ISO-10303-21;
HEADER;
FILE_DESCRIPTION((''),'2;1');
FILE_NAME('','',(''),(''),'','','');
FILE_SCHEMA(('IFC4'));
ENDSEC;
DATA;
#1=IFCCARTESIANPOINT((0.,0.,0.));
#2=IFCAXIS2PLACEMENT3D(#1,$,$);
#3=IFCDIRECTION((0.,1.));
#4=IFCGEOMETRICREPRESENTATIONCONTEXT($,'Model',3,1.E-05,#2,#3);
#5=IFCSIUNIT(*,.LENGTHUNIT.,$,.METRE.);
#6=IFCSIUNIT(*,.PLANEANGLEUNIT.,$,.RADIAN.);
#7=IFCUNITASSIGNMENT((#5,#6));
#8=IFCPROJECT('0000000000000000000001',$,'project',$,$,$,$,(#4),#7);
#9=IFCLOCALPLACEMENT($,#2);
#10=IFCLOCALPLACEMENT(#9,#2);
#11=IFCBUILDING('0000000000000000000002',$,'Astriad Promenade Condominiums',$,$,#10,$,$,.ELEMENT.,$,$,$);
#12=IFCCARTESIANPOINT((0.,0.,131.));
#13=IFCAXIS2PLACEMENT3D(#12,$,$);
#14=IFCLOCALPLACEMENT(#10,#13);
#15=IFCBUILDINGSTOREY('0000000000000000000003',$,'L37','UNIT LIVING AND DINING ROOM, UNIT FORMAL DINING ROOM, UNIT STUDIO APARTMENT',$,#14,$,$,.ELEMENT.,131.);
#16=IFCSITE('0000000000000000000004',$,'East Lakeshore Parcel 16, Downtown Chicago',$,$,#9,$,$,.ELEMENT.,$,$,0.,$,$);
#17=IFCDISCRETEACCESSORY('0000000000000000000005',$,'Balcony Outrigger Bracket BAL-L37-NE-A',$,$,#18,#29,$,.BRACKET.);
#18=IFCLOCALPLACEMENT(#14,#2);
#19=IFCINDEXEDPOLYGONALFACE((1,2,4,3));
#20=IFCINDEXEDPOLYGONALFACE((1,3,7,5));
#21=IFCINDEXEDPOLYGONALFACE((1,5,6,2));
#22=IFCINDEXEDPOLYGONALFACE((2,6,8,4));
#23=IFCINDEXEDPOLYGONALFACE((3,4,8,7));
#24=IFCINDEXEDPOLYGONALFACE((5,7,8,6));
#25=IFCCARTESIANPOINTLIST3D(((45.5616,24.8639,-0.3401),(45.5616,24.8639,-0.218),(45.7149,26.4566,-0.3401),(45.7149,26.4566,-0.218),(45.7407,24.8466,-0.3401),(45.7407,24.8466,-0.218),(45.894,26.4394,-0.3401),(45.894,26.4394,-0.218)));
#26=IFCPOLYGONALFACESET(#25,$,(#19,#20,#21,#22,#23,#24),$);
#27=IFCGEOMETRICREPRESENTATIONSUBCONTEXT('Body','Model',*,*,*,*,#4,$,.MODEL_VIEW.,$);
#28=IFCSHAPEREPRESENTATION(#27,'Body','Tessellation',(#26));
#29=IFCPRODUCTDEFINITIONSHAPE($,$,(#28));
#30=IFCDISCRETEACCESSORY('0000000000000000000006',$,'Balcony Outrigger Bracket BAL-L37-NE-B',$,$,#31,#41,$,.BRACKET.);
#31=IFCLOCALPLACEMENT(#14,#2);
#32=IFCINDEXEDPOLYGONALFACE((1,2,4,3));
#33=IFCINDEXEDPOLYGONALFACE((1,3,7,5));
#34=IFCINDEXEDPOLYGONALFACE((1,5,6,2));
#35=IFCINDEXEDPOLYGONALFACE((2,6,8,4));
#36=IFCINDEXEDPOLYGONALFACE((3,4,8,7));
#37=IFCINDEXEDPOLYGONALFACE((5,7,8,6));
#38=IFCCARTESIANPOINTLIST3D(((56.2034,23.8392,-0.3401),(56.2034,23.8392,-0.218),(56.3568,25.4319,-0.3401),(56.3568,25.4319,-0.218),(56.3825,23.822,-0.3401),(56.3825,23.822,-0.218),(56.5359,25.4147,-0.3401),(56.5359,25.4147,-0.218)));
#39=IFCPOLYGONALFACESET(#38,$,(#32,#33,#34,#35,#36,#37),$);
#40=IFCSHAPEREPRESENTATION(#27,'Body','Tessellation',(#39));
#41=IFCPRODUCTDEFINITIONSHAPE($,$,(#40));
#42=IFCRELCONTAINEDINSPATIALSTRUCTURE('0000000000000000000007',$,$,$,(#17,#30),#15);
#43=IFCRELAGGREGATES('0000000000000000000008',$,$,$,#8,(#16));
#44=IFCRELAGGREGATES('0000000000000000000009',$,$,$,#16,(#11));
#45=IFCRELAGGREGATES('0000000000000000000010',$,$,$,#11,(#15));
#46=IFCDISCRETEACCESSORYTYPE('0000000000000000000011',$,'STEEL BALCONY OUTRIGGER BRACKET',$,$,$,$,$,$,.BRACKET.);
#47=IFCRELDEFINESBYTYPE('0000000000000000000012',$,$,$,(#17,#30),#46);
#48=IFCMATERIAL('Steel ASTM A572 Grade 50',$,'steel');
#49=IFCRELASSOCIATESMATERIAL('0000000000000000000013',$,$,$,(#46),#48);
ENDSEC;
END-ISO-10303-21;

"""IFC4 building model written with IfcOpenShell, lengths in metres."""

from ifc_helpers import new_model, si_unit, direction, frame, origin, origin_2d, place, context, subcontext, project, spatial, rectangle, extrude, source, transform, mapped, material, type_object, type_shapes, element, save


model = new_model("IFC4")

# Units and contexts
model_context = context("Model", 3, precision=1e-05, world=origin(), true_north=direction((0.0, 1.0)))
body_context = subcontext(model_context, "Body", "Model", "MODEL_VIEW")
ifc_project = project(units=[si_unit("LENGTHUNIT", "METRE"), si_unit("PLANEANGLEUNIT", "RADIAN")], contexts=[model_context])

# Site, building, storey
site_placement = place(None, origin())
site = spatial("IfcSite", under=ifc_project, at=site_placement, Name="East Lakeshore Parcel 16, Downtown Chicago", CompositionType="ELEMENT", RefElevation=0.0)
building_placement = place(site_placement, origin())
building = spatial("IfcBuilding", under=site, at=building_placement, Name="Astriad Promenade Condominiums", CompositionType="ELEMENT")
storey_placement = place(building_placement, frame((0.0, 0.0, 131.0)))
storey = spatial("IfcBuildingStorey", under=building, at=storey_placement, Name="L37", Description="UNIT LIVING AND DINING ROOM, UNIT FORMAL DINING ROOM, UNIT STUDIO APARTMENT", CompositionType="ELEMENT", Elevation=131.0)

# Discrete accessories
ifc_material_1 = material(Name="Steel ASTM A572 Grade 50", Category="steel")
discrete_accessory_type = type_object("IfcDiscreteAccessoryType", Name="STEEL BALCONY OUTRIGGER BRACKET", PredefinedType="BRACKET", material=ifc_material_1)
shared_shape_1 = source(origin(), body_context, "Body", "SweptSolid", [
    extrude(rectangle(XDim=1.6001, YDim=0.1799, at=origin_2d()), origin(), (0.0, 0.0, 1.0), 0.1221),
])
type_shapes(discrete_accessory_type, [shared_shape_1])
for number, where, z_axis, x_axis, name in (
    (1, (45.7278, 25.6516, -0.3401), (0.0, 0.0, 1.0), (0.095846, 0.995396, 0.0), "Balcony Outrigger Bracket BAL-L37-NE-A"),
    (2, (56.3696, 24.627, -0.3401), (0.0, 0.0, 1.0), (0.095846, 0.995396, 0.0), "Balcony Outrigger Bracket BAL-L37-NE-B"),
):
    element("IfcDiscreteAccessory", number, at=place(storey_placement, frame(where, z_axis=z_axis, x_axis=x_axis)), inside=storey, type_object=discrete_accessory_type, Name=name, PredefinedType="BRACKET", context=body_context, shape_type="MappedRepresentation", body=[
        mapped(shared_shape_1, transform((0.0, 0.0, 0.0), scale=1.0)),
    ])

save(model, "model.ifc")
